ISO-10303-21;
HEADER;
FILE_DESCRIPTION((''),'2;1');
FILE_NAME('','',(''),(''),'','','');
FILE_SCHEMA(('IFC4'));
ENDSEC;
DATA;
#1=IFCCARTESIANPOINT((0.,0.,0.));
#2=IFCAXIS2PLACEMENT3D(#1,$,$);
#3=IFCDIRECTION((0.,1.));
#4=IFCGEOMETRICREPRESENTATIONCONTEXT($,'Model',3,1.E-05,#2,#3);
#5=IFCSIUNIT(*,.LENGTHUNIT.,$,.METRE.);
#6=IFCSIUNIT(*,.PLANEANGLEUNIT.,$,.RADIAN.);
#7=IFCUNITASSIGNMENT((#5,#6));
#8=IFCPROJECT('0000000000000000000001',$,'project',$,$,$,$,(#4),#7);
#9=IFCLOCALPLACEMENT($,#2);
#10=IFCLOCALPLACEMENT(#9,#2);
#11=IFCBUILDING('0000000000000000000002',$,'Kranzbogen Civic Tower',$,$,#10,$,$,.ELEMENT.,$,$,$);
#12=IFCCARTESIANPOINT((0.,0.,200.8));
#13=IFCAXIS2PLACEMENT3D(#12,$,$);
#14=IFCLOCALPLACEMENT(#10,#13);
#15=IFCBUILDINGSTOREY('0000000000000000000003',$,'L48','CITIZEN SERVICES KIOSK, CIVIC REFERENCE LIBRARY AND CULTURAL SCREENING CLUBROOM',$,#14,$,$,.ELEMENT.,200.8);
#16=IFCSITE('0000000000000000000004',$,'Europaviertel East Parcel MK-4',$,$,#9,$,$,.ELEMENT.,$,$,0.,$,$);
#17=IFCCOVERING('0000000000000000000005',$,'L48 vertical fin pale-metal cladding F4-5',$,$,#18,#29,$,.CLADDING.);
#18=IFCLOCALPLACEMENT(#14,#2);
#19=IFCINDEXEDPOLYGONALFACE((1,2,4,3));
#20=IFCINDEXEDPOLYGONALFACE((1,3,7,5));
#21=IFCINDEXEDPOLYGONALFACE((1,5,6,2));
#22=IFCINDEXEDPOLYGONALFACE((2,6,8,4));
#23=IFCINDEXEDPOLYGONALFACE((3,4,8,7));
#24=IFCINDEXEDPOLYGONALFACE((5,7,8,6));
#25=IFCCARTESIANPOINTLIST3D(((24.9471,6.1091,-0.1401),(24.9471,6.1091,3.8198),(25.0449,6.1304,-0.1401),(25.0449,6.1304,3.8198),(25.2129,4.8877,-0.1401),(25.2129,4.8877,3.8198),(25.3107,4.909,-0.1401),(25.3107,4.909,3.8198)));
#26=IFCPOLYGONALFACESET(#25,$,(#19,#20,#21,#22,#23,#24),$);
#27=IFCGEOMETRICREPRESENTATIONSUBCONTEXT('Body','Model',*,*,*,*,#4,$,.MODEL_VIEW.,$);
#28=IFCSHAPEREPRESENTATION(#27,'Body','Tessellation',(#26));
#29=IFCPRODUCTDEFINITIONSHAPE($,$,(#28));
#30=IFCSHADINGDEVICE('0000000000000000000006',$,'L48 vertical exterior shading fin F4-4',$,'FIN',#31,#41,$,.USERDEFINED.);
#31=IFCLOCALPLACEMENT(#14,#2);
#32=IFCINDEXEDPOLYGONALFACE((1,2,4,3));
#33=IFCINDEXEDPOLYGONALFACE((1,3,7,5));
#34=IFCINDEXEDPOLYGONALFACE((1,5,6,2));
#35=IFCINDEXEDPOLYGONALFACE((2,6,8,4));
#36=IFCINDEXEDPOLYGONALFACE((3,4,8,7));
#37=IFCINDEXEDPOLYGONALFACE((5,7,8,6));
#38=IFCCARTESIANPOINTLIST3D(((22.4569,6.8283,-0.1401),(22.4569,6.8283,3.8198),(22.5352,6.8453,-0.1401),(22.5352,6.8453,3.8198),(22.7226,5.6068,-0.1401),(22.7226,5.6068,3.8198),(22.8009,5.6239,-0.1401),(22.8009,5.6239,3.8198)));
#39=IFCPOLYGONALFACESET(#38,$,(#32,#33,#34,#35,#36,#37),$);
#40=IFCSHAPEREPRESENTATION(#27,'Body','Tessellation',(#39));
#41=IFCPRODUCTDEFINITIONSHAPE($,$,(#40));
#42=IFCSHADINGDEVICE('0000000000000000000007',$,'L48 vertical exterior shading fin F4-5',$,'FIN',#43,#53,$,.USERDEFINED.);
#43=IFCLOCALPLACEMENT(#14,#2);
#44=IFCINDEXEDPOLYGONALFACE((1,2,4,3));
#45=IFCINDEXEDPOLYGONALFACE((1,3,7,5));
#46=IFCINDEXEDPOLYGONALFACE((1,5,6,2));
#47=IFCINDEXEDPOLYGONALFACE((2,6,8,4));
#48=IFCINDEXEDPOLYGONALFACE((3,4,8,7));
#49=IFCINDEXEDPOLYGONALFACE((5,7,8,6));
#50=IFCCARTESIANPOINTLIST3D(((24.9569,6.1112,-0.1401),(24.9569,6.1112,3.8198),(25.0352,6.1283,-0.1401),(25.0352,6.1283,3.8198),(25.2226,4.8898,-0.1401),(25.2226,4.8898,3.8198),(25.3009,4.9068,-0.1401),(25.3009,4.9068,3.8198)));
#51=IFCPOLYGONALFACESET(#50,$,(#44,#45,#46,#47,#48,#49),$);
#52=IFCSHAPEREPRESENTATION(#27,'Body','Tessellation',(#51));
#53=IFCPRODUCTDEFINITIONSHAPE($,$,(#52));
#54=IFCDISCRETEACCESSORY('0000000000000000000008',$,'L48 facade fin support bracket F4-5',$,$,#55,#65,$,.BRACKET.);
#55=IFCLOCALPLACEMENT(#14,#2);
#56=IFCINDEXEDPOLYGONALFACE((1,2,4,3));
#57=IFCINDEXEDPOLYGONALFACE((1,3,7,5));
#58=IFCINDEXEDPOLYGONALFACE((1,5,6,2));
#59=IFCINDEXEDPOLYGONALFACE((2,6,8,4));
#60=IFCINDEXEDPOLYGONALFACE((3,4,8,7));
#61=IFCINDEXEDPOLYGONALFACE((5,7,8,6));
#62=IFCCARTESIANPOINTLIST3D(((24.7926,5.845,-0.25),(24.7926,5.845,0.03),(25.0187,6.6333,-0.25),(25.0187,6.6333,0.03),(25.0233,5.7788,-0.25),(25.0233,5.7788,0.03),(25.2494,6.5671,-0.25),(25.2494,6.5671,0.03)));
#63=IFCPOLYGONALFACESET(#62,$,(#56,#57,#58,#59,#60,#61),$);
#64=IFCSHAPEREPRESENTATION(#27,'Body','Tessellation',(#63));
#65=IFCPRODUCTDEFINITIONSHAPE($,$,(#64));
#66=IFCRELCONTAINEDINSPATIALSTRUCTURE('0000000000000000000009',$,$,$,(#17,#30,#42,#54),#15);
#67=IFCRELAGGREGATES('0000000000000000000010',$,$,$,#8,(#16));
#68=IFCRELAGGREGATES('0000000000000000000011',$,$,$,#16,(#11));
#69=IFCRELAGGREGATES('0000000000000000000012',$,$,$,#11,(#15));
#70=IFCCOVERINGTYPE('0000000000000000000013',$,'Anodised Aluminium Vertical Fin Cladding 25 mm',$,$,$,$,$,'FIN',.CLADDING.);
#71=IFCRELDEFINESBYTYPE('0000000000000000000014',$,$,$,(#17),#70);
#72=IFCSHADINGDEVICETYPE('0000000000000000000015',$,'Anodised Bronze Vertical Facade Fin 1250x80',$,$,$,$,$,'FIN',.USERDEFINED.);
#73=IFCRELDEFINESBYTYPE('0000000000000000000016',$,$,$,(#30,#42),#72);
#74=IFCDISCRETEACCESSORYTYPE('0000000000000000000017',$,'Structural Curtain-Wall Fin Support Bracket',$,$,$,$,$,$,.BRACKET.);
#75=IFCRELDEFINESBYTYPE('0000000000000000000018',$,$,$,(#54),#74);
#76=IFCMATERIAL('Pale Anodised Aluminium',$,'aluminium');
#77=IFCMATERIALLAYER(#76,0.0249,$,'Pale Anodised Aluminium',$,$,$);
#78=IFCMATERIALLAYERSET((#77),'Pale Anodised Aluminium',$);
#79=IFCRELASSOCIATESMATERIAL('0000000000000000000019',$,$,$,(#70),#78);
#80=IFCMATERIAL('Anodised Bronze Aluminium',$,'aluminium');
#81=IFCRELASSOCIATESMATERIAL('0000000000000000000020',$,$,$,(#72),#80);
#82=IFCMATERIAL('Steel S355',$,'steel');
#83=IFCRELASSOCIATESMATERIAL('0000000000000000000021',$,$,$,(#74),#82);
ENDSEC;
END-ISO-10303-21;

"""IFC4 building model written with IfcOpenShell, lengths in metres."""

from ifc_helpers import new_model, si_unit, direction, frame, origin, origin_2d, place, context, subcontext, project, spatial, rectangle, extrude, material, layer, layer_set, type_object, element, save


model = new_model("IFC4")

# Units and contexts
model_context = context("Model", 3, precision=1e-05, world=origin(), true_north=direction((0.0, 1.0)))
body_context = subcontext(model_context, "Body", "Model", "MODEL_VIEW")
ifc_project = project(units=[si_unit("LENGTHUNIT", "METRE"), si_unit("PLANEANGLEUNIT", "RADIAN")], contexts=[model_context])

# Site, building, storey
site_placement = place(None, origin())
site = spatial("IfcSite", under=ifc_project, at=site_placement, Name="Europaviertel East Parcel MK-4", CompositionType="ELEMENT", RefElevation=0.0)
building_placement = place(site_placement, origin())
building = spatial("IfcBuilding", under=site, at=building_placement, Name="Kranzbogen Civic Tower", CompositionType="ELEMENT")
storey_placement = place(building_placement, frame((0.0, 0.0, 200.8)))
storey = spatial("IfcBuildingStorey", under=building, at=storey_placement, Name="L48", Description="CITIZEN SERVICES KIOSK, CIVIC REFERENCE LIBRARY AND CULTURAL SCREENING CLUBROOM", CompositionType="ELEMENT", Elevation=200.8)

# Shared definitions
ifc_material_1 = material(Name="Steel S355", Category="steel")

# Shared definitions
ifc_material_2 = material(Name="Pale Anodised Aluminium", Category="aluminium")

# Covering
ifc_layer_1 = layer(ifc_material_2, 0.0249, Name="Pale Anodised Aluminium")
ifc_layer_set_1 = layer_set([ifc_layer_1], Name="Pale Anodised Aluminium")
covering_type = type_object("IfcCoveringType", Name="Anodised Aluminium Vertical Fin Cladding 25 mm", ElementType="FIN", PredefinedType="CLADDING", material=ifc_layer_set_1)
for number, where, z_axis, x_axis, name in (
    (1, (25.1289, 5.509, -0.1401), (0.0, 0.0, 1.0), (0.212587, -0.977142, 0.0), "L48 vertical fin pale-metal cladding F4-5"),
):
    element("IfcCovering", number, at=place(storey_placement, frame(where, z_axis=z_axis, x_axis=x_axis)), inside=storey, type_object=covering_type, Name=name, PredefinedType="CLADDING", context=body_context, shape_type="SweptSolid", body=[
        extrude(rectangle(XDim=1.25, YDim=0.1001, at=origin_2d()), origin(), (0.0, 0.0, 1.0), 3.96),
    ])

# Shading devices
ifc_material_3 = material(Name="Anodised Bronze Aluminium", Category="aluminium")
shading_device_type = type_object("IfcShadingDeviceType", Name="Anodised Bronze Vertical Facade Fin 1250x80", ElementType="FIN", PredefinedType="USERDEFINED", material=ifc_material_3)
for number, where, z_axis, x_axis, name in (
    (2, (22.6289, 6.2261, -0.1401), (0.0, 0.0, 1.0), (0.212587, -0.977142, 0.0), "L48 vertical exterior shading fin F4-4"),
    (3, (25.1289, 5.509, -0.1401), (0.0, 0.0, 1.0), (0.212587, -0.977142, 0.0), "L48 vertical exterior shading fin F4-5"),
):
    element("IfcShadingDevice", number, at=place(storey_placement, frame(where, z_axis=z_axis, x_axis=x_axis)), inside=storey, type_object=shading_device_type, Name=name, ObjectType="FIN", PredefinedType="USERDEFINED", context=body_context, shape_type="SweptSolid", body=[
        extrude(rectangle(XDim=1.25, YDim=0.0801, at=origin_2d()), origin(), (0.0, 0.0, 1.0), 3.96),
    ])

# Discrete accessory
discrete_accessory_type = type_object("IfcDiscreteAccessoryType", Name="Structural Curtain-Wall Fin Support Bracket", PredefinedType="BRACKET", material=ifc_material_1)
discrete_accessory_placement = place(storey_placement, frame((25.021, 6.2061, -0.25), z_axis=(0.0, 0.0, 1.0), x_axis=(-0.275637, -0.961262, 0.0)))
element("IfcDiscreteAccessory", 4, at=discrete_accessory_placement, inside=storey, type_object=discrete_accessory_type, Name="L48 facade fin support bracket F4-5", PredefinedType="BRACKET", context=body_context, shape_type="SweptSolid", body=[
    extrude(rectangle(XDim=0.8201, YDim=0.24, at=origin_2d()), origin(), (0.0, 0.0, 1.0), 0.28),
])

save(model, "model.ifc")
